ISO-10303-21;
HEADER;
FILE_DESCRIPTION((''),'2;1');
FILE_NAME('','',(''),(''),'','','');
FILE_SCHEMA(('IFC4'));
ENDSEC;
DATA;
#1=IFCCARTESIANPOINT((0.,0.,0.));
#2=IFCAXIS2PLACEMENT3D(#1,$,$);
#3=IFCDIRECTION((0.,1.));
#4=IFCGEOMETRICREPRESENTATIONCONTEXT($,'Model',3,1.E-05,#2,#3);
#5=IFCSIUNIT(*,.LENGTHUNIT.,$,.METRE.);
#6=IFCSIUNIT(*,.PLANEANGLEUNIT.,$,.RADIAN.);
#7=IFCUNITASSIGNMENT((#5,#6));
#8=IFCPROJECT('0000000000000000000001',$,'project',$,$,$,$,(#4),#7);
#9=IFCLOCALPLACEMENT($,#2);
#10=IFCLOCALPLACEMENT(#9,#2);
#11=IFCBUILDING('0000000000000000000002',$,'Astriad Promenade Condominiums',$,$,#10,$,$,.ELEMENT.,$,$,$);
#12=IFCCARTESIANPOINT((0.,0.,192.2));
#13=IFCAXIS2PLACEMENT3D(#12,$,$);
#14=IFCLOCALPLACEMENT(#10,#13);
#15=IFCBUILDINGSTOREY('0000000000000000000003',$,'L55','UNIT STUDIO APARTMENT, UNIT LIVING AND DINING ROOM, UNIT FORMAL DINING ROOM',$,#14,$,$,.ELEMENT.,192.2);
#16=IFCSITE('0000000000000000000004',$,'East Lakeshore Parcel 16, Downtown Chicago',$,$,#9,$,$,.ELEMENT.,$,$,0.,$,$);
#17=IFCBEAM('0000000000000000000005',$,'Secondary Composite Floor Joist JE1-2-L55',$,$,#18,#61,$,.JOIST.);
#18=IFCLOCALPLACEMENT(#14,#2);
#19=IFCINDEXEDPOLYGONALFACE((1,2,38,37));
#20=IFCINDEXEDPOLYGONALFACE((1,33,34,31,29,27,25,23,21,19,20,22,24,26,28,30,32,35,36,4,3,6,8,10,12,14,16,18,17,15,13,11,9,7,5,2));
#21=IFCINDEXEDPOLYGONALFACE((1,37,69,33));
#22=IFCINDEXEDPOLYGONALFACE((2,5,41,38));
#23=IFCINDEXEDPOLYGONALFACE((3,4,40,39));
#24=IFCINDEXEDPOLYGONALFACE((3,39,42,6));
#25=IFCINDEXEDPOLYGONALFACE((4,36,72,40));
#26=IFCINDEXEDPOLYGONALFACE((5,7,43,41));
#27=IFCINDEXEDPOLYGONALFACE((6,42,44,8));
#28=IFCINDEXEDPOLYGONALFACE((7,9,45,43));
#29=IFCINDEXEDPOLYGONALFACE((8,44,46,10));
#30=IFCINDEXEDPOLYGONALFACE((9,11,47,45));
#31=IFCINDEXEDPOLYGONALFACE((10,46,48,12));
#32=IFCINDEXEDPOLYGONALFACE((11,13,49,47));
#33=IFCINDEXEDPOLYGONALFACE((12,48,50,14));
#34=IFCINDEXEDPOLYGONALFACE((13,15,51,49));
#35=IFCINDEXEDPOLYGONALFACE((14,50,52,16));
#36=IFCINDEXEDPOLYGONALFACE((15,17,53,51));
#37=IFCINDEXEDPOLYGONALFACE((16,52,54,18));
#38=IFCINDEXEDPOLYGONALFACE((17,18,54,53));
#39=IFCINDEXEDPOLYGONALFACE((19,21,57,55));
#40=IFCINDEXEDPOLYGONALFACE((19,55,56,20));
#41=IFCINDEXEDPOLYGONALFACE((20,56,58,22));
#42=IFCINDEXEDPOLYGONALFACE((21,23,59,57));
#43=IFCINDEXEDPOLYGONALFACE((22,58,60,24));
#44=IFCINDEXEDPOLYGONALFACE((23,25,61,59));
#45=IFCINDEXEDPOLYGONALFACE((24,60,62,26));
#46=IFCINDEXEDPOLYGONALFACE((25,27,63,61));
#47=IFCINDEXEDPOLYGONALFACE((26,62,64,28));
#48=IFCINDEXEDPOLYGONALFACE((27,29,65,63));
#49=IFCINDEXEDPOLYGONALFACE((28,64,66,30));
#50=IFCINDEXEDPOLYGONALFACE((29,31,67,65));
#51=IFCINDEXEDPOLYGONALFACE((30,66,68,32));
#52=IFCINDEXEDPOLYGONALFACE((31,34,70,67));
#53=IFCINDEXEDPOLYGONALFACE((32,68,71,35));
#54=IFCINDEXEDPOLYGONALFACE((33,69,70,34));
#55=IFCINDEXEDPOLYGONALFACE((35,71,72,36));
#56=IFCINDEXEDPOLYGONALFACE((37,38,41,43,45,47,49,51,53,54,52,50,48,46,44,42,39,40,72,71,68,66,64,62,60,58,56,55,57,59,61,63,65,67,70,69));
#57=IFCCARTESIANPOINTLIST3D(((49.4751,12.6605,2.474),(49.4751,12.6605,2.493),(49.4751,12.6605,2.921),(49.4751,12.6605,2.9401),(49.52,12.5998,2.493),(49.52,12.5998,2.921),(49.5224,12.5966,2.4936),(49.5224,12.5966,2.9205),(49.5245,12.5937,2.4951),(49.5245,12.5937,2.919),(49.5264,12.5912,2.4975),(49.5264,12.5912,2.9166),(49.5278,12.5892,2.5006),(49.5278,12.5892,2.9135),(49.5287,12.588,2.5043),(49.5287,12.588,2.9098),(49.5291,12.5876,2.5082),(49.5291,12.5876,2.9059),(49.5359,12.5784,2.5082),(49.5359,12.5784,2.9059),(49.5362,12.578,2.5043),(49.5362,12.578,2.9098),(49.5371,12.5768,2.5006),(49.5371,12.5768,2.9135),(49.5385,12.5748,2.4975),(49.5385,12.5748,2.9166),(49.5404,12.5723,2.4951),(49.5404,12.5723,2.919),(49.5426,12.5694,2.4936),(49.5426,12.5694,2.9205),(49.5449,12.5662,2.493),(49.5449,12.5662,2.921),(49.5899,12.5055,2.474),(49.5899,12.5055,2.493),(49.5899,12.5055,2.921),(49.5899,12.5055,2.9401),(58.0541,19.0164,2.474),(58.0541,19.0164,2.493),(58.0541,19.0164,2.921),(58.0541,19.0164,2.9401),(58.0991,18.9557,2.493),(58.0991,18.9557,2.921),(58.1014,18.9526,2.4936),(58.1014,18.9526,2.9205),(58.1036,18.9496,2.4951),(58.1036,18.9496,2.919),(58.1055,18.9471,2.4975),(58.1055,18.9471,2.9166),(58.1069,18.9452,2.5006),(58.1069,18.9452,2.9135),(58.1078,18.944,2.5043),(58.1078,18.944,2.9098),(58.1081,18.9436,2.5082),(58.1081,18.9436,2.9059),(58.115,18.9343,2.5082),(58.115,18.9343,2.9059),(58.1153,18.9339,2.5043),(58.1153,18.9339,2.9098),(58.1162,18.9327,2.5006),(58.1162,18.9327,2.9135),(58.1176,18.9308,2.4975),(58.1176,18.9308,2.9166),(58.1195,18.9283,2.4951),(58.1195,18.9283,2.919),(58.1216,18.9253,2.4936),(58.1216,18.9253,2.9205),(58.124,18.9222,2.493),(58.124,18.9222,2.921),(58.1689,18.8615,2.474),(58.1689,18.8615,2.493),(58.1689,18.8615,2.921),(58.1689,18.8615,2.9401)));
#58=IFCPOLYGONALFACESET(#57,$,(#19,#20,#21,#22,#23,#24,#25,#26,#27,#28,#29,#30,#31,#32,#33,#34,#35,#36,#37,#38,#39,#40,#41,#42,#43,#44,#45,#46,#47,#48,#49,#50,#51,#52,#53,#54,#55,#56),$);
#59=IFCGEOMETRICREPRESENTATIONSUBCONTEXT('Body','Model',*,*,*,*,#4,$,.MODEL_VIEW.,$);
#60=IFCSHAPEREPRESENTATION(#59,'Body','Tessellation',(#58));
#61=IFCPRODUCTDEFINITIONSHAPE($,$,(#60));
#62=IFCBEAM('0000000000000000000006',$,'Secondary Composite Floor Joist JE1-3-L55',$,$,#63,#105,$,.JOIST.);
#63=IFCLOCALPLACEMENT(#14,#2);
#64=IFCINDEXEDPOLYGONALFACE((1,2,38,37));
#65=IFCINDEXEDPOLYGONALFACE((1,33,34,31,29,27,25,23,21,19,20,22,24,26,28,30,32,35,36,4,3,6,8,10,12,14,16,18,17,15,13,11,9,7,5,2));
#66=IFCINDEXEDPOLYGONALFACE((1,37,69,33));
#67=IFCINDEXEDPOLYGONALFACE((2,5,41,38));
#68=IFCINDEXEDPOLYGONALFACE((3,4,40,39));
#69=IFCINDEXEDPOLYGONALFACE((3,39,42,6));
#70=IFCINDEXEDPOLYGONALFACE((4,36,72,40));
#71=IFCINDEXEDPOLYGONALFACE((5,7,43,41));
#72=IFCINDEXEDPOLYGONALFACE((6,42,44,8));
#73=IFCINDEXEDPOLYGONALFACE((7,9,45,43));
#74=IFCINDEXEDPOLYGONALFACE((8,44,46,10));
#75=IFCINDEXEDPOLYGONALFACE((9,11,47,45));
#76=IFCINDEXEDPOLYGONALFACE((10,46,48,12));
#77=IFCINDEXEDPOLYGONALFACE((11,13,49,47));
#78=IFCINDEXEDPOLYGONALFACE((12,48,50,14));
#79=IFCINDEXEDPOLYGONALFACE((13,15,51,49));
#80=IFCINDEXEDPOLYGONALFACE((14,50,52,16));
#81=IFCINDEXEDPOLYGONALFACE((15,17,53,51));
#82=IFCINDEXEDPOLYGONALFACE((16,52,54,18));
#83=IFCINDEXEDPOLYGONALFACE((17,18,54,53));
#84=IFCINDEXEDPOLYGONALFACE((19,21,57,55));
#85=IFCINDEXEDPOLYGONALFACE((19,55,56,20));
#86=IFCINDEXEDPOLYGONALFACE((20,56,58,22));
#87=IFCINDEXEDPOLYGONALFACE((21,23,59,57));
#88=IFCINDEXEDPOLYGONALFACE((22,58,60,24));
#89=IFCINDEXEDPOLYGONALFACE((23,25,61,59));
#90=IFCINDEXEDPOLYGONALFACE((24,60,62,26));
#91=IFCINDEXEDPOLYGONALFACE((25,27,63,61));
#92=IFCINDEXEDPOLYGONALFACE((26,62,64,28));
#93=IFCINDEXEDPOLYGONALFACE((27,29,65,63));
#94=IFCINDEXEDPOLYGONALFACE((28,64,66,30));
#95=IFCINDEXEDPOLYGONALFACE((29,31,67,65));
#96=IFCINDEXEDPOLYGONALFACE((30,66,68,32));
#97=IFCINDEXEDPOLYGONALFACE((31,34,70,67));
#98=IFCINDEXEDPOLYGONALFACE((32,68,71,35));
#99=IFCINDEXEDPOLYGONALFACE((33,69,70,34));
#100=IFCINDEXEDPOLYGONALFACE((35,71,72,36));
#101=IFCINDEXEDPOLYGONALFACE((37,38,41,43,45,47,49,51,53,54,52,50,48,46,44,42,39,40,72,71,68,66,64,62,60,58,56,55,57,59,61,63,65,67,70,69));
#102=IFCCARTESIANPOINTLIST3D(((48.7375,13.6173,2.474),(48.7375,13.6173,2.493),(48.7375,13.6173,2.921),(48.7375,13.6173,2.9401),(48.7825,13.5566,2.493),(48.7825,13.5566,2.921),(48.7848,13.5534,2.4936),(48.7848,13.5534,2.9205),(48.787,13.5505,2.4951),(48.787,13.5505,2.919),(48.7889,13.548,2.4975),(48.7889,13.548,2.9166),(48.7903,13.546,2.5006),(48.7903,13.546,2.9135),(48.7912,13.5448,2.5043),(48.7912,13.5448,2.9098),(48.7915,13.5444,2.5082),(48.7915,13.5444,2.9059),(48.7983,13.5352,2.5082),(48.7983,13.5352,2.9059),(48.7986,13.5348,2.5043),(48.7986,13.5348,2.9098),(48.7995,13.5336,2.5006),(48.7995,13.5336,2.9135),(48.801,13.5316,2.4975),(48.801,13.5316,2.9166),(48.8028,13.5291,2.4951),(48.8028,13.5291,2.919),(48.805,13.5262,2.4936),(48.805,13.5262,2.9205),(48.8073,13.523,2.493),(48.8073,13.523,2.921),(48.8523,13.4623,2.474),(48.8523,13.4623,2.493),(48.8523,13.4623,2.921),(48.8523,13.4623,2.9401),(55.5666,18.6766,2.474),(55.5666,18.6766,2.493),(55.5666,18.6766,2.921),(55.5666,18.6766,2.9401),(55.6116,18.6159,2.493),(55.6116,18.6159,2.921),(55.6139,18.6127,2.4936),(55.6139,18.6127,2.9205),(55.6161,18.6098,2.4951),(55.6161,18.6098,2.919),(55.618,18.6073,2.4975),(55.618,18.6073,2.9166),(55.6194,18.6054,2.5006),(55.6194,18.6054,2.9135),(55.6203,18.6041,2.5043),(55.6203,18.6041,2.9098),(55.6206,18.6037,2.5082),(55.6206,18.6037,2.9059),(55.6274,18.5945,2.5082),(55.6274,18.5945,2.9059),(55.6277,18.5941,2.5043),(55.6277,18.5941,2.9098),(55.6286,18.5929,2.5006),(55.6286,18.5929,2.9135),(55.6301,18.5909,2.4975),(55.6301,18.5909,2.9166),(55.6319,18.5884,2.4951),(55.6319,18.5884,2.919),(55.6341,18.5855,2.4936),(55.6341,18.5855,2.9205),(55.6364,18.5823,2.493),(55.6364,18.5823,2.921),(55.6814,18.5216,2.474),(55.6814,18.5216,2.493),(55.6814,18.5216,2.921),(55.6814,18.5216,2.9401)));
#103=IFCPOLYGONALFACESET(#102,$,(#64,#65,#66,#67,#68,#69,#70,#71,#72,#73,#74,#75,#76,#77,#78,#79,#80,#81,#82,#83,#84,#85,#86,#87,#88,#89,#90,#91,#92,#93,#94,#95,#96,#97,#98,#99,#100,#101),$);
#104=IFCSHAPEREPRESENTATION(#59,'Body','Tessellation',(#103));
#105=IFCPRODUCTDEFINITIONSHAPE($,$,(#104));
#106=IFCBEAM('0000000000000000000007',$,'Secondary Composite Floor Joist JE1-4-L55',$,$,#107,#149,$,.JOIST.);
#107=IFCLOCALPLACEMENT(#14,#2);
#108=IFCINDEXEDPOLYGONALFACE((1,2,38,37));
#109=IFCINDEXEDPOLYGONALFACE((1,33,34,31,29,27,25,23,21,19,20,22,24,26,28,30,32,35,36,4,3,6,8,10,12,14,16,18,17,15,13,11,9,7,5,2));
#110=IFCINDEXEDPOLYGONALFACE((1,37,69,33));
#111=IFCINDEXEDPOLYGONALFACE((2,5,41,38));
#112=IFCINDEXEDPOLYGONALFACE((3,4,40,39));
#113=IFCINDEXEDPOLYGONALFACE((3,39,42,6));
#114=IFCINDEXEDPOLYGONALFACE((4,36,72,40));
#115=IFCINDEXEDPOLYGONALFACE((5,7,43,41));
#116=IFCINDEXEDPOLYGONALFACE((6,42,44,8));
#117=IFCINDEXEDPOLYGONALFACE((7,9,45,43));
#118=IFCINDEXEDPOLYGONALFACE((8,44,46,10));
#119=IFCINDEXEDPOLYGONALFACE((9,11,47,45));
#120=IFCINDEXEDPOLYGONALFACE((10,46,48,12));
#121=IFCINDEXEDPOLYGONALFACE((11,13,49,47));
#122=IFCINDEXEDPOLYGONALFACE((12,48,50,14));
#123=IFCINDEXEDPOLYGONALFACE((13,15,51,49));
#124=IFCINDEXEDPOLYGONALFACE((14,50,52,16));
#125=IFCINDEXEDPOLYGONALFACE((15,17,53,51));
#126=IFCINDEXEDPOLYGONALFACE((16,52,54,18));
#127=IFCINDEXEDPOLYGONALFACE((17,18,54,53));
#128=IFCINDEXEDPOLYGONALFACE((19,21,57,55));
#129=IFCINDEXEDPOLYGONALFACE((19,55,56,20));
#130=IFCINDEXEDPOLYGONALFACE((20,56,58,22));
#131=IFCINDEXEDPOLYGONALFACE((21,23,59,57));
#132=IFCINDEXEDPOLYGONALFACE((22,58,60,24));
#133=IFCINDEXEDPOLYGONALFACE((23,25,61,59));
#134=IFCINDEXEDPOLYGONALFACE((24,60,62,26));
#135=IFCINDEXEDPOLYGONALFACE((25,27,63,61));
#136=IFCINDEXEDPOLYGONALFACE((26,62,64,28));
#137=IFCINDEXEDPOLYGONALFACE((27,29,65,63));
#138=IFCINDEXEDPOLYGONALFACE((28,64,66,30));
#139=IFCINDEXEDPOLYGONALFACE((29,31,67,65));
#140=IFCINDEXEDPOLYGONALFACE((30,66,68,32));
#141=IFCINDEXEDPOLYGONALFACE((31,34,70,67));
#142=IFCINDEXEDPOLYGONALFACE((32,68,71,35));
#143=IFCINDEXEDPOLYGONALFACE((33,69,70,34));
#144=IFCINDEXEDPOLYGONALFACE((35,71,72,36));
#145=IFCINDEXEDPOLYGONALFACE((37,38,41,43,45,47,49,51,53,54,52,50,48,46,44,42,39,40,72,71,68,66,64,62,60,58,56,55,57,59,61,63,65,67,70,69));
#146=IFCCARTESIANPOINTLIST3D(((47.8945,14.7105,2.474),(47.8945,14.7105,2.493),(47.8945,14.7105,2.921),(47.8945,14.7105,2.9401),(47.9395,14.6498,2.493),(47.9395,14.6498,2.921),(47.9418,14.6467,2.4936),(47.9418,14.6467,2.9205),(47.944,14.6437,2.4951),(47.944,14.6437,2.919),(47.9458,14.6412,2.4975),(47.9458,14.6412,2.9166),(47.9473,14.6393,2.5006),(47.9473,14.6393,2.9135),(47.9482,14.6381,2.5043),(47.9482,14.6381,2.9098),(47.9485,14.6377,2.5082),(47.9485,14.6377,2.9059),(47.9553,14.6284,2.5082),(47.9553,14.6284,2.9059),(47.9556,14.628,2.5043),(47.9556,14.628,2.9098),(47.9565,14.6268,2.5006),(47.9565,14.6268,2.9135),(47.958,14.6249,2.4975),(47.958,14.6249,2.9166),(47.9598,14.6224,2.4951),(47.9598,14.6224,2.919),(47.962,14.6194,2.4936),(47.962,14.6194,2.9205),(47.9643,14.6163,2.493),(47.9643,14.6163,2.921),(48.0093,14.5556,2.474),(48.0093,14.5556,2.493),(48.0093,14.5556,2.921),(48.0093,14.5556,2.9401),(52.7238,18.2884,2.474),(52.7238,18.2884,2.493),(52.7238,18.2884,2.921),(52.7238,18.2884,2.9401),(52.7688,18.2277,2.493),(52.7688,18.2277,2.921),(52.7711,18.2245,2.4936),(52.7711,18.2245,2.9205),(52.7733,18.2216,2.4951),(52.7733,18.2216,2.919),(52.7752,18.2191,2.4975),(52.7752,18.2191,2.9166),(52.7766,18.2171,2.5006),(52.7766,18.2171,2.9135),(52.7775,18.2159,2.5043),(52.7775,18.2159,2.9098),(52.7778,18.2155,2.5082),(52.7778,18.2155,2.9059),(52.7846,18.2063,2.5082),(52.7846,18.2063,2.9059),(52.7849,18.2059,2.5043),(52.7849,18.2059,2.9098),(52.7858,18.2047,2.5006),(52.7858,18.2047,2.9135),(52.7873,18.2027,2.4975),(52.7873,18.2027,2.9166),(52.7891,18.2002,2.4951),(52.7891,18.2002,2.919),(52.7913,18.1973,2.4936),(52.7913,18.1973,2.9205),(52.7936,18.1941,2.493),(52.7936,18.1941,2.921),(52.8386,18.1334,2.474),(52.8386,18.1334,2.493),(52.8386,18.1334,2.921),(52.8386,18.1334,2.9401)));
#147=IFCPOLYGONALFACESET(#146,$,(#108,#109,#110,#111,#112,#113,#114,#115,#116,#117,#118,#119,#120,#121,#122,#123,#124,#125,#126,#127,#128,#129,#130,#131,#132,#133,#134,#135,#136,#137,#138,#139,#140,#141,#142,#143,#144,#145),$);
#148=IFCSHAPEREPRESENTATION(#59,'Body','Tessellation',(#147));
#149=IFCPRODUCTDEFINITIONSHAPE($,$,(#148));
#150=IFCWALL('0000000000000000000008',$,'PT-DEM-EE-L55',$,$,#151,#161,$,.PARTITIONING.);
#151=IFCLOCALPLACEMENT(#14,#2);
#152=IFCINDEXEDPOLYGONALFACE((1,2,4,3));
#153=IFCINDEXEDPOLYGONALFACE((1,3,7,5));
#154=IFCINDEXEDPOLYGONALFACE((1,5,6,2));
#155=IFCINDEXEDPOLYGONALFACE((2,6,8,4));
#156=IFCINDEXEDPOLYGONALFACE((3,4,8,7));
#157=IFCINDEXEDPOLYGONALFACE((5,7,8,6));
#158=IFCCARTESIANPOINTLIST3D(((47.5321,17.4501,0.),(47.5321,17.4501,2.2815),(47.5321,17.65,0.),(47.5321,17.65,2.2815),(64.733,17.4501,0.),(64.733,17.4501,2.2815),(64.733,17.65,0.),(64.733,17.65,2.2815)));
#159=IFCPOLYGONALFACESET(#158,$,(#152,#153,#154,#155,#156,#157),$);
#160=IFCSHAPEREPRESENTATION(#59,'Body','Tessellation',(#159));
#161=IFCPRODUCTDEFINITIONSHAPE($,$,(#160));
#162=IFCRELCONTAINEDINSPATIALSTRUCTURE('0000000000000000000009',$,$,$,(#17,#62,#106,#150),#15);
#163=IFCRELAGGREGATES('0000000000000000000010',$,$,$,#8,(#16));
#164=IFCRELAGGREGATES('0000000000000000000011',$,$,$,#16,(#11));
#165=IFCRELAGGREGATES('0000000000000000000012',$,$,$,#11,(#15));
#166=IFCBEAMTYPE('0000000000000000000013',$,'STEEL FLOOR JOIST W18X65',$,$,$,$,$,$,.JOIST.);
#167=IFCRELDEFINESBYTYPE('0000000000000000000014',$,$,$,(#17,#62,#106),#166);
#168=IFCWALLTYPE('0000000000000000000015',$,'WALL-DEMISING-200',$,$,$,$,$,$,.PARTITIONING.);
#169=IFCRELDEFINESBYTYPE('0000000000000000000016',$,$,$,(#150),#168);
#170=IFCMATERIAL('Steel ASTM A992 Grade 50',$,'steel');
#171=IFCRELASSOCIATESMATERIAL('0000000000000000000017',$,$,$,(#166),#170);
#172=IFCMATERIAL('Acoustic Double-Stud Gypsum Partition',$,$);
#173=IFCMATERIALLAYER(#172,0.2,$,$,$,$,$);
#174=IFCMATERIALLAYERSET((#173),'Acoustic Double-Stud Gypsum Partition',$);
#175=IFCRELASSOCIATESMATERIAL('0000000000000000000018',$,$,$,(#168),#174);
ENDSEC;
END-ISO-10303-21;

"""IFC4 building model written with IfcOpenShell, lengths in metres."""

from ifc_helpers import new_model, si_unit, direction, frame, frame_2d, origin, origin_2d, place, context, subcontext, project, spatial, rectangle, i_section, extrude, source, transform, mapped, material, layer, layer_set, material_profile, profile_set, type_object, element, save


model = new_model("IFC4")

# Units and contexts
model_context = context("Model", 3, precision=1e-05, world=origin(), true_north=direction((0.0, 1.0)))
body_context = subcontext(model_context, "Body", "Model", "MODEL_VIEW")
ifc_project = project(units=[si_unit("LENGTHUNIT", "METRE"), si_unit("PLANEANGLEUNIT", "RADIAN")], contexts=[model_context])

# Site, building, storey
site_placement = place(None, origin())
site = spatial("IfcSite", under=ifc_project, at=site_placement, Name="East Lakeshore Parcel 16, Downtown Chicago", CompositionType="ELEMENT", RefElevation=0.0)
building_placement = place(site_placement, origin())
building = spatial("IfcBuilding", under=site, at=building_placement, Name="Astriad Promenade Condominiums", CompositionType="ELEMENT")
storey_placement = place(building_placement, frame((0.0, 0.0, 192.2)))
storey = spatial("IfcBuildingStorey", under=building, at=storey_placement, Name="L55", Description="UNIT STUDIO APARTMENT, UNIT LIVING AND DINING ROOM, UNIT FORMAL DINING ROOM", CompositionType="ELEMENT", Elevation=192.2)

# Beams
ifc_material_1 = material(Name="Steel ASTM A992 Grade 50", Category="steel")
ifc_material_profile_1 = material_profile(ifc_material_1, i_section(OverallWidth=0.1929, OverallDepth=0.4661, WebThickness=0.0115, FlangeThickness=0.019, FilletRadius=0.0151, at=origin_2d()), Name="W18X65")
ifc_profile_set_1 = profile_set([ifc_material_profile_1], Name="Steel ASTM A992 Grade 50")
beam_type_1 = type_object("IfcBeamType", Name="STEEL FLOOR JOIST W18X65", PredefinedType="JOIST", material=ifc_profile_set_1)
shared_shape_1 = source(origin(), body_context, "Body", "SweptSolid", [
    extrude(i_section(OverallWidth=0.1929, OverallDepth=0.4661, WebThickness=0.0115, FlangeThickness=0.019, FilletRadius=0.0151, at=origin_2d()), origin(), (0.0, 0.0, 1.0), 10.677),
])
beam_1_placement = place(storey_placement, frame((49.5325, 12.583, 2.707), z_axis=(0.803509, 0.595292, 0.0), x_axis=(-0.595292, 0.803509, 0.0)))
element("IfcBeam", 1, at=beam_1_placement, inside=storey, type_object=beam_type_1, Name="Secondary Composite Floor Joist JE1-2-L55", PredefinedType="JOIST", context=body_context, shape_type="MappedRepresentation", body=[
    mapped(shared_shape_1, transform((0.0, 0.0, 0.0), scale=1.0)),
])
shared_shape_2 = source(origin(), body_context, "Body", "SweptSolid", [
    extrude(i_section(OverallWidth=0.1929, OverallDepth=0.4661, WebThickness=0.0115, FlangeThickness=0.019, FilletRadius=0.0151, at=origin_2d()), origin(), (0.0, 0.0, 1.0), 8.499),
])
beam_2_placement = place(storey_placement, frame((48.7949, 13.5398, 2.707), z_axis=(0.803516, 0.595283, 0.0), x_axis=(-0.595283, 0.803516, 0.0)))
element("IfcBeam", 2, at=beam_2_placement, inside=storey, type_object=beam_type_1, Name="Secondary Composite Floor Joist JE1-3-L55", PredefinedType="JOIST", context=body_context, shape_type="MappedRepresentation", body=[
    mapped(shared_shape_2, transform((0.0, 0.0, 0.0), scale=1.0)),
])
shared_shape_3 = source(origin(), body_context, "Body", "SweptSolid", [
    extrude(i_section(OverallWidth=0.1929, OverallDepth=0.4661, WebThickness=0.0115, FlangeThickness=0.019, FilletRadius=0.0151, at=origin_2d()), origin(), (0.0, 0.0, 1.0), 6.0103),
])
beam_3_placement = place(storey_placement, frame((47.9519, 14.6331, 2.707), z_axis=(0.80351, 0.595291, 0.0), x_axis=(-0.595291, 0.80351, 0.0)))
element("IfcBeam", 3, at=beam_3_placement, inside=storey, type_object=beam_type_1, Name="Secondary Composite Floor Joist JE1-4-L55", PredefinedType="JOIST", context=body_context, shape_type="MappedRepresentation", body=[
    mapped(shared_shape_3, transform((0.0, 0.0, 0.0), scale=1.0)),
])

# Wall
ifc_material_2 = material(Name="Acoustic Double-Stud Gypsum Partition")
ifc_layer_1 = layer(ifc_material_2, 0.2)
ifc_layer_set_1 = layer_set([ifc_layer_1], Name="Acoustic Double-Stud Gypsum Partition")
wall_type_1 = type_object("IfcWallType", Name="WALL-DEMISING-200", PredefinedType="PARTITIONING", material=ifc_layer_set_1)
wall_1_placement = place(storey_placement, frame((47.532, 17.55, 0.0), z_axis=(0.0, 0.0, 1.0), x_axis=(1.0, 0.0, 0.0)))
element("IfcWall", 4, at=wall_1_placement, inside=storey, type_object=wall_type_1, Name="PT-DEM-EE-L55", PredefinedType="PARTITIONING", context=body_context, shape_type="SweptSolid", body=[
    extrude(rectangle(XDim=17.2009, YDim=0.2, at=frame_2d((8.6006, 0.0))), origin(), (0.0, 0.0, 1.0), 2.2815),
])

save(model, "model.ifc")
